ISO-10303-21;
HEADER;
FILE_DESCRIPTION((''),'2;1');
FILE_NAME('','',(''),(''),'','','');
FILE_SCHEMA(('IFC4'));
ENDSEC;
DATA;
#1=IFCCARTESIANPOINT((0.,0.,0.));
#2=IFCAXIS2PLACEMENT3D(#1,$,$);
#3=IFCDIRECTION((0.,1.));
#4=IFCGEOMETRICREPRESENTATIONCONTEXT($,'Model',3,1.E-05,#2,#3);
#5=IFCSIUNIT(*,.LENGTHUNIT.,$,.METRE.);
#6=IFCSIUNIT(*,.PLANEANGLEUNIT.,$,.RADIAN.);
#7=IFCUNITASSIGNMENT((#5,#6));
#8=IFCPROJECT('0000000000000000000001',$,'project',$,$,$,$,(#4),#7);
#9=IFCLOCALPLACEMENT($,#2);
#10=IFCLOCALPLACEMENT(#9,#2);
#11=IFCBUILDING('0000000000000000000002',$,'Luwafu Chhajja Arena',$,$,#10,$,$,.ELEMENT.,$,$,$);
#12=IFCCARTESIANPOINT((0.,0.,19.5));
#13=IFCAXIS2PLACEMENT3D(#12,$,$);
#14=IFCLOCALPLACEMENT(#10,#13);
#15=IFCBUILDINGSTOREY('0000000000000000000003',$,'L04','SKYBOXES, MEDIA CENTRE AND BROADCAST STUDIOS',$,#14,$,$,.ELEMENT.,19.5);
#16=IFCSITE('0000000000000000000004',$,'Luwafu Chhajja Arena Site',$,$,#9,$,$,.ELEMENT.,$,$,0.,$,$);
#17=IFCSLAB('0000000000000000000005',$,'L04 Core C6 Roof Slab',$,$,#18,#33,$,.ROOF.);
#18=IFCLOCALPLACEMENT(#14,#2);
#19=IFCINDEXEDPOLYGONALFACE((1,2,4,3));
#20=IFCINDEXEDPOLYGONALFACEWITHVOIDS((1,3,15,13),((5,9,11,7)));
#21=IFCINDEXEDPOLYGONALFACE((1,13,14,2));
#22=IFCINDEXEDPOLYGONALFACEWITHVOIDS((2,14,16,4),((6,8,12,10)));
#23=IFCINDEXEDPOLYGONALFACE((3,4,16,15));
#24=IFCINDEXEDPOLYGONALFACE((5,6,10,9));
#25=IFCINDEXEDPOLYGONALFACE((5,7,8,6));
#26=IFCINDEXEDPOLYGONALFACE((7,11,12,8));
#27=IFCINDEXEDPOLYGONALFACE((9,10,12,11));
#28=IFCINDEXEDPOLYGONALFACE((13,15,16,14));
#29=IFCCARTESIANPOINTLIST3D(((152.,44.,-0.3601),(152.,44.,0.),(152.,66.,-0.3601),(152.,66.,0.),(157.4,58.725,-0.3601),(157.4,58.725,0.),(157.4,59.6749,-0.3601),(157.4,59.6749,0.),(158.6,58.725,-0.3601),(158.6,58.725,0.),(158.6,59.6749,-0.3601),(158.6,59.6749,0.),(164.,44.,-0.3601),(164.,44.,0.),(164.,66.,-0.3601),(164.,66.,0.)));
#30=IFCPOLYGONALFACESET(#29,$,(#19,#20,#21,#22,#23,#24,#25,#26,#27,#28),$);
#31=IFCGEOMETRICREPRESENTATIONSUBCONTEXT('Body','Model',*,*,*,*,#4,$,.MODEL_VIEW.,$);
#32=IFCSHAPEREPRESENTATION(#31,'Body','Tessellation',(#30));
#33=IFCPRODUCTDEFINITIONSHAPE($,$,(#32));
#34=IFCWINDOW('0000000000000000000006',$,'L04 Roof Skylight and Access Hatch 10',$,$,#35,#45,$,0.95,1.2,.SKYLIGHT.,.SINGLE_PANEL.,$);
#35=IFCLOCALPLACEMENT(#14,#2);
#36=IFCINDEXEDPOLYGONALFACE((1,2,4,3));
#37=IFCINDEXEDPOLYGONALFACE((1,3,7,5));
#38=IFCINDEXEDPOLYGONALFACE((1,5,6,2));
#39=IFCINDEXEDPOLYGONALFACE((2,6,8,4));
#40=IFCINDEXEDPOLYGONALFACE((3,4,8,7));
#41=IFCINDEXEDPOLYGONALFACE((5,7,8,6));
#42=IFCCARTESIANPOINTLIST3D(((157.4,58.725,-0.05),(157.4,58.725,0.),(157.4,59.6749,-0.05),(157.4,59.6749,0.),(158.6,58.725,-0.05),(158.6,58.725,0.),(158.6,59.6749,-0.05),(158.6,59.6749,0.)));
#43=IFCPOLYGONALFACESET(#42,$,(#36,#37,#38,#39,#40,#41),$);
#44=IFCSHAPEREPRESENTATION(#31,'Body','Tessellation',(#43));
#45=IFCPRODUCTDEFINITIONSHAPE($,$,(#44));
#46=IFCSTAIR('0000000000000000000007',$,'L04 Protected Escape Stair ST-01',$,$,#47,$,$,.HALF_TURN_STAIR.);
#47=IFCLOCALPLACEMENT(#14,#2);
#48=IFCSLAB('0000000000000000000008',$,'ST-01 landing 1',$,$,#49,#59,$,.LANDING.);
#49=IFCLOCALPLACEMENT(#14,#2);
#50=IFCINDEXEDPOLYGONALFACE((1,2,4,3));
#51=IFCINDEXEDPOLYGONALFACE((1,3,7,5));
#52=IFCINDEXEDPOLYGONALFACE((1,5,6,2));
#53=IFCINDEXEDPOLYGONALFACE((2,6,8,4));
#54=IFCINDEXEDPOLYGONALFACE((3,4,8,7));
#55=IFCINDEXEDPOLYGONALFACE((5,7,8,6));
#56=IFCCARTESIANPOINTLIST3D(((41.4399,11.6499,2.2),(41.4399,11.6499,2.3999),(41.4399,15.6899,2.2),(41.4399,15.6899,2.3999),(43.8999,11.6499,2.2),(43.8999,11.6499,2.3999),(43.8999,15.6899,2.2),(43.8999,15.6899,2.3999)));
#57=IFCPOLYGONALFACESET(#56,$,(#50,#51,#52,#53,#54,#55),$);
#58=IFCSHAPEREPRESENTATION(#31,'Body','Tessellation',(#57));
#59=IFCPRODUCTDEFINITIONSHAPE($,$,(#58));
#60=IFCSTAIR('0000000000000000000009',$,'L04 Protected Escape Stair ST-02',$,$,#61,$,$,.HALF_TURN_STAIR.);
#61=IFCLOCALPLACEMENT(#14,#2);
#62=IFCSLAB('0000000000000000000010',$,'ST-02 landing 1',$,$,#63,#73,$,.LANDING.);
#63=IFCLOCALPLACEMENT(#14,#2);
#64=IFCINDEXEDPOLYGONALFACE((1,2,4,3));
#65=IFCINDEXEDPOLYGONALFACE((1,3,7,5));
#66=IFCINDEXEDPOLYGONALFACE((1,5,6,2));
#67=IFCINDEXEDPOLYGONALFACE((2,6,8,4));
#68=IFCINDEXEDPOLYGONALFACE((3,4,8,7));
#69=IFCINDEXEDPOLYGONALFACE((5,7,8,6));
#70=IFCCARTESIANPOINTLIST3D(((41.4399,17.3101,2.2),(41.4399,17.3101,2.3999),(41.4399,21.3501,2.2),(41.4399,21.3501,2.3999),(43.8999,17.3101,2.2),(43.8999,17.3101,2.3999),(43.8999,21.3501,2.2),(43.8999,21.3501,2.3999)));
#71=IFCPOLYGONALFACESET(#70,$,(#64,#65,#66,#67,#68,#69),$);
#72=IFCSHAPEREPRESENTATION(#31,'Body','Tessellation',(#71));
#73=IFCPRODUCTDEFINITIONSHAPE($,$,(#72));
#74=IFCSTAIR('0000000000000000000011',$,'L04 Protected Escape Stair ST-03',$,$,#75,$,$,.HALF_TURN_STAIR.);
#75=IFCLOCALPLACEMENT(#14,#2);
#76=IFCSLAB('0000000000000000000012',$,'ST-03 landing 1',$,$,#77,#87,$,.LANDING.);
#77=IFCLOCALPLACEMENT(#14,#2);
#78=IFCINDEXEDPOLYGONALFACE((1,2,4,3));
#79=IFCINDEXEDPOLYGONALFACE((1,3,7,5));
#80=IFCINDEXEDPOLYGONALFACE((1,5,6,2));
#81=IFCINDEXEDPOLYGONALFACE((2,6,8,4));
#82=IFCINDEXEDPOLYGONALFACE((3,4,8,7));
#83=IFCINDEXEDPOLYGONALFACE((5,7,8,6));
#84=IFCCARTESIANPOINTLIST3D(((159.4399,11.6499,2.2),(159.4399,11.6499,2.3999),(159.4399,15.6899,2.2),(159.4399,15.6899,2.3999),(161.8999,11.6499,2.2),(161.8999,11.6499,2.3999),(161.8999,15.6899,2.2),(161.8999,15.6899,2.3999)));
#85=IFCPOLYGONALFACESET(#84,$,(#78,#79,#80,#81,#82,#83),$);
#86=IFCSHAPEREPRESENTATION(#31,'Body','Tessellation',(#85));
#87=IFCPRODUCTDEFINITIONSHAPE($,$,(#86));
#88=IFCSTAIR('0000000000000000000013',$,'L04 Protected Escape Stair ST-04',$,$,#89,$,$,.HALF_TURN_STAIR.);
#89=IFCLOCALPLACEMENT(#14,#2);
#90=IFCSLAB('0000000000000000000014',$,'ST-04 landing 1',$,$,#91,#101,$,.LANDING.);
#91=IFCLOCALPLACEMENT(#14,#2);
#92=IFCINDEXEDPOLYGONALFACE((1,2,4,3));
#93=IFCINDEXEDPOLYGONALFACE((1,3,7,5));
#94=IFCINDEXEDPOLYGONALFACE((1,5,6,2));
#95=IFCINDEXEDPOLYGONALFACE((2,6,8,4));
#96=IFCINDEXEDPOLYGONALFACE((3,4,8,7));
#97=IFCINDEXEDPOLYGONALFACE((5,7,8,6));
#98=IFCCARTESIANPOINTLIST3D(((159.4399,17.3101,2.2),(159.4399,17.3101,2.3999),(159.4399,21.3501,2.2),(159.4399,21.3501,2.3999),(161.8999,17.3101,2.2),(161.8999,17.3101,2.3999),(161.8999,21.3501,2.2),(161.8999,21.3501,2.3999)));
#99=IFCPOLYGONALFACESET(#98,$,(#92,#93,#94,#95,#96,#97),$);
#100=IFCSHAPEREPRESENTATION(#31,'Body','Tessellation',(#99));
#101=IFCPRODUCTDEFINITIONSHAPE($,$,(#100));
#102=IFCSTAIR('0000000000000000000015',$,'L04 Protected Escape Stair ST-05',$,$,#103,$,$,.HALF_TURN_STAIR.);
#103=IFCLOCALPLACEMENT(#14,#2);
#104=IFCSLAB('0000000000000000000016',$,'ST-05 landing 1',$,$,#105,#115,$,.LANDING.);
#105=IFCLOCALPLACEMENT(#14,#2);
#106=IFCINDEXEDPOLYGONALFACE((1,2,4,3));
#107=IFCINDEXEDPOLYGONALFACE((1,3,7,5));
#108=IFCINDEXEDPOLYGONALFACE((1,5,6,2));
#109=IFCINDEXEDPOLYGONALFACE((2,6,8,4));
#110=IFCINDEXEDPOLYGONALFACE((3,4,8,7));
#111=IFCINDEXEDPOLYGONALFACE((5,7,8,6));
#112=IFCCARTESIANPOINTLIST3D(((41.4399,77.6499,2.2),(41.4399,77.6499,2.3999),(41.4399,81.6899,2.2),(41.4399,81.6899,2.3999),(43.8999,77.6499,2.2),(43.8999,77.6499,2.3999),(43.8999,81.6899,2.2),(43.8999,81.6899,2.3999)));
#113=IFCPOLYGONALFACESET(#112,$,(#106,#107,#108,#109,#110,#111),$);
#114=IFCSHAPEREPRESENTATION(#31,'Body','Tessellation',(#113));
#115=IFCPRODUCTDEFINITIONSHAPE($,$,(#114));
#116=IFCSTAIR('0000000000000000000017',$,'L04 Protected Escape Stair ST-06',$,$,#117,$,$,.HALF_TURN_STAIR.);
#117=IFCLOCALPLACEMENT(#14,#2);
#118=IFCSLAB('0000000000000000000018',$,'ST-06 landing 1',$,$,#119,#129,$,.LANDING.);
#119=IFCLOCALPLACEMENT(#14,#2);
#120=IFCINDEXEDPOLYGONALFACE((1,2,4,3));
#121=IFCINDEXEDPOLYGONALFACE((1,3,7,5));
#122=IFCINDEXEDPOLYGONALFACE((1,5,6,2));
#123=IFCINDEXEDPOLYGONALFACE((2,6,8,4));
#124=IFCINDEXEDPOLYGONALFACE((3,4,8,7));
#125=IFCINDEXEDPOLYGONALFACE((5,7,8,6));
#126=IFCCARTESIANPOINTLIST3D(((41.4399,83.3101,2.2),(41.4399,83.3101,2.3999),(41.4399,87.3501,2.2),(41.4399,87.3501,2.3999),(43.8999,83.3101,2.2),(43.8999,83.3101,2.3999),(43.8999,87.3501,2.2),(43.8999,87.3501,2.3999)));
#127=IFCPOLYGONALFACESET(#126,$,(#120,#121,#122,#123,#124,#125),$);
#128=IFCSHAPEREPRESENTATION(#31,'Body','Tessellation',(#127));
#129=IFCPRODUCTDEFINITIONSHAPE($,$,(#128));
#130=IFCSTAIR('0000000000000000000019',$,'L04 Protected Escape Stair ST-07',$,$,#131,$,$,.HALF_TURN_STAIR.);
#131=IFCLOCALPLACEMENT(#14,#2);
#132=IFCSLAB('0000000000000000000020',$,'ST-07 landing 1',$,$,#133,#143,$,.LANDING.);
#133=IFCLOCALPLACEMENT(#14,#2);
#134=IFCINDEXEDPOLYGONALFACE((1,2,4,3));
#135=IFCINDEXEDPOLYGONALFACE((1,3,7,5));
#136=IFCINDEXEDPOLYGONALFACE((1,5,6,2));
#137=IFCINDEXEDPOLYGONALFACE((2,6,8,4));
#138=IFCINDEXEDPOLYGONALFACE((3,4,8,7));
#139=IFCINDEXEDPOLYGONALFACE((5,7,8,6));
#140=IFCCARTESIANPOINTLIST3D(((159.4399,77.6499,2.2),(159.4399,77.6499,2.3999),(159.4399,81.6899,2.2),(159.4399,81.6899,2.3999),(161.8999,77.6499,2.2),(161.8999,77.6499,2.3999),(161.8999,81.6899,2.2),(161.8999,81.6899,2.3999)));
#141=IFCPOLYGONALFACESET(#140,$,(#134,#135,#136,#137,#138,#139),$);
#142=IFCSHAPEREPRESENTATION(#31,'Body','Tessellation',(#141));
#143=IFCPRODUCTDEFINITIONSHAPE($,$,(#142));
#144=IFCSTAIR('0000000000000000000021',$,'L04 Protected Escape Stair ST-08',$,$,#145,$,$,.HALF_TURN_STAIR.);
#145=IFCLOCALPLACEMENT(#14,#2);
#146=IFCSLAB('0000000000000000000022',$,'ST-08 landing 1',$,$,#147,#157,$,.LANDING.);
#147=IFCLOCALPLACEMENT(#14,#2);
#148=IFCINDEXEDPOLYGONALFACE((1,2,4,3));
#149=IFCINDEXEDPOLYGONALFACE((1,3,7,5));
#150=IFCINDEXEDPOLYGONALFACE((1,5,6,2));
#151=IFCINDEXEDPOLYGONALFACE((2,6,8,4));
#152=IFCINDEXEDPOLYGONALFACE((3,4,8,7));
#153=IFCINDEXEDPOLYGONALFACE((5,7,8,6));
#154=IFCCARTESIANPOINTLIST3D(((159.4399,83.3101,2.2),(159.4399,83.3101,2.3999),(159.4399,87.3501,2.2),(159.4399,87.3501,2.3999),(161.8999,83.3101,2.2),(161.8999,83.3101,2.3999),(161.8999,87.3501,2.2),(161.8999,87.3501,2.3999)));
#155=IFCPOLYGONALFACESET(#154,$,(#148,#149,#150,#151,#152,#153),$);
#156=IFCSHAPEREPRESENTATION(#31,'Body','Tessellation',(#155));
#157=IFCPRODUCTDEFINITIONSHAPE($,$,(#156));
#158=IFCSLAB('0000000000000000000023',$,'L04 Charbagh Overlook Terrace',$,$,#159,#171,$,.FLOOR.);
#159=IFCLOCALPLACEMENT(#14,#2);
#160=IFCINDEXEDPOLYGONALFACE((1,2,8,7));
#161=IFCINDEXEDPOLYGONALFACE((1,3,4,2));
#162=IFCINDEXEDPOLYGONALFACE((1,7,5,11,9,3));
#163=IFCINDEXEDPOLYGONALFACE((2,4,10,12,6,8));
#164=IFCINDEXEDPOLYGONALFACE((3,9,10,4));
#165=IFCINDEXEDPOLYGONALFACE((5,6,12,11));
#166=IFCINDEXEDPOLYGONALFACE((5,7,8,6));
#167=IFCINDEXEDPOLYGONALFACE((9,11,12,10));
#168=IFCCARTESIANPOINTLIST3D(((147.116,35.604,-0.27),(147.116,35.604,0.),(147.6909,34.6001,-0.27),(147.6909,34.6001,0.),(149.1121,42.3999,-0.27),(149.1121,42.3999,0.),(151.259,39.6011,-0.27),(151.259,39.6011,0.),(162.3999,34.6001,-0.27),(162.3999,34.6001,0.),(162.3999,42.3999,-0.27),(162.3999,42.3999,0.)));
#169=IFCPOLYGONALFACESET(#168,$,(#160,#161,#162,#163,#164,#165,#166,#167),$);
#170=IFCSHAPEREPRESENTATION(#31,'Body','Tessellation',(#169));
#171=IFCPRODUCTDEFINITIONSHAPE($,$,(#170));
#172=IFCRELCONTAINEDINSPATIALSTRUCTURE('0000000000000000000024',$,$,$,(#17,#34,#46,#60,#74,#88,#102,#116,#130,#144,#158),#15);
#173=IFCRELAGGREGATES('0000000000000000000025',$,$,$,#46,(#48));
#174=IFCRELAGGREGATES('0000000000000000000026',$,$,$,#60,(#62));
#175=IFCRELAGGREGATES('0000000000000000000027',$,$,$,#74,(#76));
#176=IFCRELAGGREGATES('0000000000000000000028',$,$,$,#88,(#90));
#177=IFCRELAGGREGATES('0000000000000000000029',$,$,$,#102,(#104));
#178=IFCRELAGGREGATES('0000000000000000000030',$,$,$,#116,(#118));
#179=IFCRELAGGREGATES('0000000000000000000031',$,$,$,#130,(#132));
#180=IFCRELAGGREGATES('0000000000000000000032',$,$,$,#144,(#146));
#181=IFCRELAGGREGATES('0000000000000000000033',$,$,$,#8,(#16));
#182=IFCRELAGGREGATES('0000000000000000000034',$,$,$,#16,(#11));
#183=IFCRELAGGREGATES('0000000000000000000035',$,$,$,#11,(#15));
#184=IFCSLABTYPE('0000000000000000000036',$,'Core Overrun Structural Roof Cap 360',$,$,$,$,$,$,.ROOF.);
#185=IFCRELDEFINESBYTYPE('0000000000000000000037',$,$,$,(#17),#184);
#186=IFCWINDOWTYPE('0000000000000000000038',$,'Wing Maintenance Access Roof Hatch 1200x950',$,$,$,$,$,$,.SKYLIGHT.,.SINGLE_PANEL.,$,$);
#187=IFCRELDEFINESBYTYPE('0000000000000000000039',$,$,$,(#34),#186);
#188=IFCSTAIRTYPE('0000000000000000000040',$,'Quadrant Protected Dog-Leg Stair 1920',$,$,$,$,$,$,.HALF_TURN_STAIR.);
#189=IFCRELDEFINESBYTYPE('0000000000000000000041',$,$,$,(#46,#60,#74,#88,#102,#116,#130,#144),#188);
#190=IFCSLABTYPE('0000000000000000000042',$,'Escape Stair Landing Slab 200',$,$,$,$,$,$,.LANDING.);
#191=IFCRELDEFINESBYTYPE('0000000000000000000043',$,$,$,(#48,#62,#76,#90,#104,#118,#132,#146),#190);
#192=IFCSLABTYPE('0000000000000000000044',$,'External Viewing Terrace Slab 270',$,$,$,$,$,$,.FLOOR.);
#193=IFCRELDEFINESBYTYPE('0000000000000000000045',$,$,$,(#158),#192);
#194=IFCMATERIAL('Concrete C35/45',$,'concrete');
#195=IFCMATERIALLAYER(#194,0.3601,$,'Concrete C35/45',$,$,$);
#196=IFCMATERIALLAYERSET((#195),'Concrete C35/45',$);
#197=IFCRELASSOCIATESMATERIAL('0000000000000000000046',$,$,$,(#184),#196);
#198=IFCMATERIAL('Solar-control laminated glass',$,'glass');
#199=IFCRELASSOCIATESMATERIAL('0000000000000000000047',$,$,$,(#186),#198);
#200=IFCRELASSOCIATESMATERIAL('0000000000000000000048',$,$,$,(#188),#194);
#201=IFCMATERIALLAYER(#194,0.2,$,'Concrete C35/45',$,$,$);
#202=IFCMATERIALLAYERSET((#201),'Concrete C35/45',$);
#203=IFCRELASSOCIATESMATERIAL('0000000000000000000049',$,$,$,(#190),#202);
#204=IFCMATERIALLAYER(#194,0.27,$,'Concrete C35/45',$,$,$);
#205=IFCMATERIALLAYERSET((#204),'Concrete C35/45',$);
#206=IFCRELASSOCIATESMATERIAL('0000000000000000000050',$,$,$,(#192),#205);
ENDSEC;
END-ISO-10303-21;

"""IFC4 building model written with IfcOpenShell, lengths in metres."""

from ifc_helpers import new_model, si_unit, direction, frame, origin, origin_2d, place, context, subcontext, project, spatial, polyline, rectangle, outline, extrude, material, layer, layer_set, type_object, element, fill, aggregate, save


model = new_model("IFC4")

# Units and contexts
model_context = context("Model", 3, precision=1e-05, world=origin(), true_north=direction((0.0, 1.0)))
body_context = subcontext(model_context, "Body", "Model", "MODEL_VIEW")
ifc_project = project(units=[si_unit("LENGTHUNIT", "METRE"), si_unit("PLANEANGLEUNIT", "RADIAN")], contexts=[model_context])

# Site, building, storey
site_placement = place(None, origin())
site = spatial("IfcSite", under=ifc_project, at=site_placement, Name="Luwafu Chhajja Arena Site", CompositionType="ELEMENT", RefElevation=0.0)
building_placement = place(site_placement, origin())
building = spatial("IfcBuilding", under=site, at=building_placement, Name="Luwafu Chhajja Arena", CompositionType="ELEMENT")
storey_placement = place(building_placement, frame((0.0, 0.0, 19.5)))
storey = spatial("IfcBuildingStorey", under=building, at=storey_placement, Name="L04", Description="SKYBOXES, MEDIA CENTRE AND BROADCAST STUDIOS", CompositionType="ELEMENT", Elevation=19.5)

# Shared definitions
ifc_material_1 = material(Name="Concrete C35/45", Category="concrete")

# Slab, opening, window
ifc_layer_1 = layer(ifc_material_1, 0.3601, Name="Concrete C35/45")
ifc_layer_set_1 = layer_set([ifc_layer_1], Name="Concrete C35/45")
slab_type_1 = type_object("IfcSlabType", Name="Core Overrun Structural Roof Cap 360", PredefinedType="ROOF", material=ifc_layer_set_1)
ifc_material_2 = material(Name="Solar-control laminated glass", Category="glass")
window_type_1 = type_object("IfcWindowType", Name="Wing Maintenance Access Roof Hatch 1200x950", PartitioningType="SINGLE_PANEL", PredefinedType="SKYLIGHT", material=ifc_material_2)
slab_1_placement = place(storey_placement, frame((0.0, 0.0, -0.3601)))
slab_1 = element("IfcSlab", 1, at=slab_1_placement, inside=storey, type_object=slab_type_1, Name="L04 Core C6 Roof Slab", PredefinedType="ROOF", context=body_context, shape_type="SweptSolid", body=[
    extrude(outline(polyline([(152.0, 44.0), (164.0, 44.0), (164.0, 66.0), (152.0, 66.0), (152.0, 44.0)])), origin(), (0.0, 0.0, 1.0), 0.3601),
])
opening_1_placement = place(slab_1_placement, frame((158.0, 59.2, -0.01)))
opening_1 = element("IfcOpeningElement", 2, at=opening_1_placement, cuts=slab_1, PredefinedType="OPENING", context=body_context, shape_type="SweptSolid", body=[
    extrude(rectangle(XDim=1.2, YDim=0.95, at=origin_2d()), origin(), (0.0, 0.0, 1.0), 0.3801),
])
window_1_placement = place(opening_1_placement, frame((0.0, 0.0, 0.3201)))
window_1 = element("IfcWindow", 3, at=window_1_placement, inside=storey, type_object=window_type_1, Name="L04 Roof Skylight and Access Hatch 10", OverallHeight=0.95, OverallWidth=1.2, PartitioningType="SINGLE_PANEL", PredefinedType="SKYLIGHT", context=body_context, shape_type="SweptSolid", body=[
    extrude(rectangle(XDim=1.2, YDim=0.95, at=origin_2d()), origin(), (0.0, 0.0, 1.0), 0.05),
])
fill(opening_1, window_1)

# Stairs, slabs
stair_type = type_object("IfcStairType", Name="Quadrant Protected Dog-Leg Stair 1920", PredefinedType="HALF_TURN_STAIR", material=ifc_material_1)
stair_1_placement = place(storey_placement, origin())
stair_1 = element("IfcStair", 4, at=stair_1_placement, inside=storey, type_object=stair_type, Name="L04 Protected Escape Stair ST-01", PredefinedType="HALF_TURN_STAIR")
ifc_layer_2 = layer(ifc_material_1, 0.2, Name="Concrete C35/45")
ifc_layer_set_2 = layer_set([ifc_layer_2], Name="Concrete C35/45")
slab_type_2 = type_object("IfcSlabType", Name="Escape Stair Landing Slab 200", PredefinedType="LANDING", material=ifc_layer_set_2)
slab_2_placement = place(storey_placement, frame((0.0, 0.0, 2.2)))
slab_2 = element("IfcSlab", 5, at=slab_2_placement, type_object=slab_type_2, Name="ST-01 landing 1", PredefinedType="LANDING", context=body_context, shape_type="SweptSolid", body=[
    extrude(outline(polyline([(41.4399, 11.6499), (43.8999, 11.6499), (43.8999, 15.6899), (41.4399, 15.6899), (41.4399, 11.6499)])), origin(), (0.0, 0.0, 1.0), 0.2),
])
aggregate(stair_1, [slab_2])
stair_2_placement = place(storey_placement, origin())
stair_2 = element("IfcStair", 6, at=stair_2_placement, inside=storey, type_object=stair_type, Name="L04 Protected Escape Stair ST-02", PredefinedType="HALF_TURN_STAIR")
slab_3_placement = place(storey_placement, frame((0.0, 0.0, 2.2)))
slab_3 = element("IfcSlab", 7, at=slab_3_placement, type_object=slab_type_2, Name="ST-02 landing 1", PredefinedType="LANDING", context=body_context, shape_type="SweptSolid", body=[
    extrude(outline(polyline([(41.4399, 17.3101), (43.8999, 17.3101), (43.8999, 21.3501), (41.4399, 21.3501), (41.4399, 17.3101)])), origin(), (0.0, 0.0, 1.0), 0.2),
])
aggregate(stair_2, [slab_3])
stair_3_placement = place(storey_placement, origin())
stair_3 = element("IfcStair", 8, at=stair_3_placement, inside=storey, type_object=stair_type, Name="L04 Protected Escape Stair ST-03", PredefinedType="HALF_TURN_STAIR")
slab_4_placement = place(storey_placement, frame((0.0, 0.0, 2.2)))
slab_4 = element("IfcSlab", 9, at=slab_4_placement, type_object=slab_type_2, Name="ST-03 landing 1", PredefinedType="LANDING", context=body_context, shape_type="SweptSolid", body=[
    extrude(outline(polyline([(159.4399, 11.6499), (161.8999, 11.6499), (161.8999, 15.6899), (159.4399, 15.6899), (159.4399, 11.6499)])), origin(), (0.0, 0.0, 1.0), 0.2),
])
aggregate(stair_3, [slab_4])
stair_4_placement = place(storey_placement, origin())
stair_4 = element("IfcStair", 10, at=stair_4_placement, inside=storey, type_object=stair_type, Name="L04 Protected Escape Stair ST-04", PredefinedType="HALF_TURN_STAIR")
slab_5_placement = place(storey_placement, frame((0.0, 0.0, 2.2)))
slab_5 = element("IfcSlab", 11, at=slab_5_placement, type_object=slab_type_2, Name="ST-04 landing 1", PredefinedType="LANDING", context=body_context, shape_type="SweptSolid", body=[
    extrude(outline(polyline([(159.4399, 17.3101), (161.8999, 17.3101), (161.8999, 21.3501), (159.4399, 21.3501), (159.4399, 17.3101)])), origin(), (0.0, 0.0, 1.0), 0.2),
])
aggregate(stair_4, [slab_5])
stair_5_placement = place(storey_placement, origin())
stair_5 = element("IfcStair", 12, at=stair_5_placement, inside=storey, type_object=stair_type, Name="L04 Protected Escape Stair ST-05", PredefinedType="HALF_TURN_STAIR")
slab_6_placement = place(storey_placement, frame((0.0, 0.0, 2.2)))
slab_6 = element("IfcSlab", 13, at=slab_6_placement, type_object=slab_type_2, Name="ST-05 landing 1", PredefinedType="LANDING", context=body_context, shape_type="SweptSolid", body=[
    extrude(outline(polyline([(41.4399, 77.6499), (43.8999, 77.6499), (43.8999, 81.6899), (41.4399, 81.6899), (41.4399, 77.6499)])), origin(), (0.0, 0.0, 1.0), 0.2),
])
aggregate(stair_5, [slab_6])
stair_6_placement = place(storey_placement, origin())
stair_6 = element("IfcStair", 14, at=stair_6_placement, inside=storey, type_object=stair_type, Name="L04 Protected Escape Stair ST-06", PredefinedType="HALF_TURN_STAIR")
slab_7_placement = place(storey_placement, frame((0.0, 0.0, 2.2)))
slab_7 = element("IfcSlab", 15, at=slab_7_placement, type_object=slab_type_2, Name="ST-06 landing 1", PredefinedType="LANDING", context=body_context, shape_type="SweptSolid", body=[
    extrude(outline(polyline([(41.4399, 83.3101), (43.8999, 83.3101), (43.8999, 87.3501), (41.4399, 87.3501), (41.4399, 83.3101)])), origin(), (0.0, 0.0, 1.0), 0.2),
])
aggregate(stair_6, [slab_7])
stair_7_placement = place(storey_placement, origin())
stair_7 = element("IfcStair", 16, at=stair_7_placement, inside=storey, type_object=stair_type, Name="L04 Protected Escape Stair ST-07", PredefinedType="HALF_TURN_STAIR")
slab_8_placement = place(storey_placement, frame((0.0, 0.0, 2.2)))
slab_8 = element("IfcSlab", 17, at=slab_8_placement, type_object=slab_type_2, Name="ST-07 landing 1", PredefinedType="LANDING", context=body_context, shape_type="SweptSolid", body=[
    extrude(outline(polyline([(159.4399, 77.6499), (161.8999, 77.6499), (161.8999, 81.6899), (159.4399, 81.6899), (159.4399, 77.6499)])), origin(), (0.0, 0.0, 1.0), 0.2),
])
aggregate(stair_7, [slab_8])
stair_8_placement = place(storey_placement, origin())
stair_8 = element("IfcStair", 18, at=stair_8_placement, inside=storey, type_object=stair_type, Name="L04 Protected Escape Stair ST-08", PredefinedType="HALF_TURN_STAIR")
slab_9_placement = place(storey_placement, frame((0.0, 0.0, 2.2)))
slab_9 = element("IfcSlab", 19, at=slab_9_placement, type_object=slab_type_2, Name="ST-08 landing 1", PredefinedType="LANDING", context=body_context, shape_type="SweptSolid", body=[
    extrude(outline(polyline([(159.4399, 83.3101), (161.8999, 83.3101), (161.8999, 87.3501), (159.4399, 87.3501), (159.4399, 83.3101)])), origin(), (0.0, 0.0, 1.0), 0.2),
])
aggregate(stair_8, [slab_9])

# Slab
ifc_layer_3 = layer(ifc_material_1, 0.27, Name="Concrete C35/45")
ifc_layer_set_3 = layer_set([ifc_layer_3], Name="Concrete C35/45")
slab_type_3 = type_object("IfcSlabType", Name="External Viewing Terrace Slab 270", PredefinedType="FLOOR", material=ifc_layer_set_3)
slab_10_placement = place(storey_placement, frame((0.0, 0.0, -0.27)))
element("IfcSlab", 20, at=slab_10_placement, inside=storey, type_object=slab_type_3, Name="L04 Charbagh Overlook Terrace", PredefinedType="FLOOR", context=body_context, shape_type="SweptSolid", body=[
    extrude(outline(polyline([(162.3999, 42.3999), (162.3999, 34.6001), (147.6909, 34.6001), (147.116, 35.604), (151.259, 39.6011), (149.1121, 42.3999), (162.3999, 42.3999)])), origin(), (0.0, 0.0, 1.0), 0.27),
])

save(model, "model.ifc")
